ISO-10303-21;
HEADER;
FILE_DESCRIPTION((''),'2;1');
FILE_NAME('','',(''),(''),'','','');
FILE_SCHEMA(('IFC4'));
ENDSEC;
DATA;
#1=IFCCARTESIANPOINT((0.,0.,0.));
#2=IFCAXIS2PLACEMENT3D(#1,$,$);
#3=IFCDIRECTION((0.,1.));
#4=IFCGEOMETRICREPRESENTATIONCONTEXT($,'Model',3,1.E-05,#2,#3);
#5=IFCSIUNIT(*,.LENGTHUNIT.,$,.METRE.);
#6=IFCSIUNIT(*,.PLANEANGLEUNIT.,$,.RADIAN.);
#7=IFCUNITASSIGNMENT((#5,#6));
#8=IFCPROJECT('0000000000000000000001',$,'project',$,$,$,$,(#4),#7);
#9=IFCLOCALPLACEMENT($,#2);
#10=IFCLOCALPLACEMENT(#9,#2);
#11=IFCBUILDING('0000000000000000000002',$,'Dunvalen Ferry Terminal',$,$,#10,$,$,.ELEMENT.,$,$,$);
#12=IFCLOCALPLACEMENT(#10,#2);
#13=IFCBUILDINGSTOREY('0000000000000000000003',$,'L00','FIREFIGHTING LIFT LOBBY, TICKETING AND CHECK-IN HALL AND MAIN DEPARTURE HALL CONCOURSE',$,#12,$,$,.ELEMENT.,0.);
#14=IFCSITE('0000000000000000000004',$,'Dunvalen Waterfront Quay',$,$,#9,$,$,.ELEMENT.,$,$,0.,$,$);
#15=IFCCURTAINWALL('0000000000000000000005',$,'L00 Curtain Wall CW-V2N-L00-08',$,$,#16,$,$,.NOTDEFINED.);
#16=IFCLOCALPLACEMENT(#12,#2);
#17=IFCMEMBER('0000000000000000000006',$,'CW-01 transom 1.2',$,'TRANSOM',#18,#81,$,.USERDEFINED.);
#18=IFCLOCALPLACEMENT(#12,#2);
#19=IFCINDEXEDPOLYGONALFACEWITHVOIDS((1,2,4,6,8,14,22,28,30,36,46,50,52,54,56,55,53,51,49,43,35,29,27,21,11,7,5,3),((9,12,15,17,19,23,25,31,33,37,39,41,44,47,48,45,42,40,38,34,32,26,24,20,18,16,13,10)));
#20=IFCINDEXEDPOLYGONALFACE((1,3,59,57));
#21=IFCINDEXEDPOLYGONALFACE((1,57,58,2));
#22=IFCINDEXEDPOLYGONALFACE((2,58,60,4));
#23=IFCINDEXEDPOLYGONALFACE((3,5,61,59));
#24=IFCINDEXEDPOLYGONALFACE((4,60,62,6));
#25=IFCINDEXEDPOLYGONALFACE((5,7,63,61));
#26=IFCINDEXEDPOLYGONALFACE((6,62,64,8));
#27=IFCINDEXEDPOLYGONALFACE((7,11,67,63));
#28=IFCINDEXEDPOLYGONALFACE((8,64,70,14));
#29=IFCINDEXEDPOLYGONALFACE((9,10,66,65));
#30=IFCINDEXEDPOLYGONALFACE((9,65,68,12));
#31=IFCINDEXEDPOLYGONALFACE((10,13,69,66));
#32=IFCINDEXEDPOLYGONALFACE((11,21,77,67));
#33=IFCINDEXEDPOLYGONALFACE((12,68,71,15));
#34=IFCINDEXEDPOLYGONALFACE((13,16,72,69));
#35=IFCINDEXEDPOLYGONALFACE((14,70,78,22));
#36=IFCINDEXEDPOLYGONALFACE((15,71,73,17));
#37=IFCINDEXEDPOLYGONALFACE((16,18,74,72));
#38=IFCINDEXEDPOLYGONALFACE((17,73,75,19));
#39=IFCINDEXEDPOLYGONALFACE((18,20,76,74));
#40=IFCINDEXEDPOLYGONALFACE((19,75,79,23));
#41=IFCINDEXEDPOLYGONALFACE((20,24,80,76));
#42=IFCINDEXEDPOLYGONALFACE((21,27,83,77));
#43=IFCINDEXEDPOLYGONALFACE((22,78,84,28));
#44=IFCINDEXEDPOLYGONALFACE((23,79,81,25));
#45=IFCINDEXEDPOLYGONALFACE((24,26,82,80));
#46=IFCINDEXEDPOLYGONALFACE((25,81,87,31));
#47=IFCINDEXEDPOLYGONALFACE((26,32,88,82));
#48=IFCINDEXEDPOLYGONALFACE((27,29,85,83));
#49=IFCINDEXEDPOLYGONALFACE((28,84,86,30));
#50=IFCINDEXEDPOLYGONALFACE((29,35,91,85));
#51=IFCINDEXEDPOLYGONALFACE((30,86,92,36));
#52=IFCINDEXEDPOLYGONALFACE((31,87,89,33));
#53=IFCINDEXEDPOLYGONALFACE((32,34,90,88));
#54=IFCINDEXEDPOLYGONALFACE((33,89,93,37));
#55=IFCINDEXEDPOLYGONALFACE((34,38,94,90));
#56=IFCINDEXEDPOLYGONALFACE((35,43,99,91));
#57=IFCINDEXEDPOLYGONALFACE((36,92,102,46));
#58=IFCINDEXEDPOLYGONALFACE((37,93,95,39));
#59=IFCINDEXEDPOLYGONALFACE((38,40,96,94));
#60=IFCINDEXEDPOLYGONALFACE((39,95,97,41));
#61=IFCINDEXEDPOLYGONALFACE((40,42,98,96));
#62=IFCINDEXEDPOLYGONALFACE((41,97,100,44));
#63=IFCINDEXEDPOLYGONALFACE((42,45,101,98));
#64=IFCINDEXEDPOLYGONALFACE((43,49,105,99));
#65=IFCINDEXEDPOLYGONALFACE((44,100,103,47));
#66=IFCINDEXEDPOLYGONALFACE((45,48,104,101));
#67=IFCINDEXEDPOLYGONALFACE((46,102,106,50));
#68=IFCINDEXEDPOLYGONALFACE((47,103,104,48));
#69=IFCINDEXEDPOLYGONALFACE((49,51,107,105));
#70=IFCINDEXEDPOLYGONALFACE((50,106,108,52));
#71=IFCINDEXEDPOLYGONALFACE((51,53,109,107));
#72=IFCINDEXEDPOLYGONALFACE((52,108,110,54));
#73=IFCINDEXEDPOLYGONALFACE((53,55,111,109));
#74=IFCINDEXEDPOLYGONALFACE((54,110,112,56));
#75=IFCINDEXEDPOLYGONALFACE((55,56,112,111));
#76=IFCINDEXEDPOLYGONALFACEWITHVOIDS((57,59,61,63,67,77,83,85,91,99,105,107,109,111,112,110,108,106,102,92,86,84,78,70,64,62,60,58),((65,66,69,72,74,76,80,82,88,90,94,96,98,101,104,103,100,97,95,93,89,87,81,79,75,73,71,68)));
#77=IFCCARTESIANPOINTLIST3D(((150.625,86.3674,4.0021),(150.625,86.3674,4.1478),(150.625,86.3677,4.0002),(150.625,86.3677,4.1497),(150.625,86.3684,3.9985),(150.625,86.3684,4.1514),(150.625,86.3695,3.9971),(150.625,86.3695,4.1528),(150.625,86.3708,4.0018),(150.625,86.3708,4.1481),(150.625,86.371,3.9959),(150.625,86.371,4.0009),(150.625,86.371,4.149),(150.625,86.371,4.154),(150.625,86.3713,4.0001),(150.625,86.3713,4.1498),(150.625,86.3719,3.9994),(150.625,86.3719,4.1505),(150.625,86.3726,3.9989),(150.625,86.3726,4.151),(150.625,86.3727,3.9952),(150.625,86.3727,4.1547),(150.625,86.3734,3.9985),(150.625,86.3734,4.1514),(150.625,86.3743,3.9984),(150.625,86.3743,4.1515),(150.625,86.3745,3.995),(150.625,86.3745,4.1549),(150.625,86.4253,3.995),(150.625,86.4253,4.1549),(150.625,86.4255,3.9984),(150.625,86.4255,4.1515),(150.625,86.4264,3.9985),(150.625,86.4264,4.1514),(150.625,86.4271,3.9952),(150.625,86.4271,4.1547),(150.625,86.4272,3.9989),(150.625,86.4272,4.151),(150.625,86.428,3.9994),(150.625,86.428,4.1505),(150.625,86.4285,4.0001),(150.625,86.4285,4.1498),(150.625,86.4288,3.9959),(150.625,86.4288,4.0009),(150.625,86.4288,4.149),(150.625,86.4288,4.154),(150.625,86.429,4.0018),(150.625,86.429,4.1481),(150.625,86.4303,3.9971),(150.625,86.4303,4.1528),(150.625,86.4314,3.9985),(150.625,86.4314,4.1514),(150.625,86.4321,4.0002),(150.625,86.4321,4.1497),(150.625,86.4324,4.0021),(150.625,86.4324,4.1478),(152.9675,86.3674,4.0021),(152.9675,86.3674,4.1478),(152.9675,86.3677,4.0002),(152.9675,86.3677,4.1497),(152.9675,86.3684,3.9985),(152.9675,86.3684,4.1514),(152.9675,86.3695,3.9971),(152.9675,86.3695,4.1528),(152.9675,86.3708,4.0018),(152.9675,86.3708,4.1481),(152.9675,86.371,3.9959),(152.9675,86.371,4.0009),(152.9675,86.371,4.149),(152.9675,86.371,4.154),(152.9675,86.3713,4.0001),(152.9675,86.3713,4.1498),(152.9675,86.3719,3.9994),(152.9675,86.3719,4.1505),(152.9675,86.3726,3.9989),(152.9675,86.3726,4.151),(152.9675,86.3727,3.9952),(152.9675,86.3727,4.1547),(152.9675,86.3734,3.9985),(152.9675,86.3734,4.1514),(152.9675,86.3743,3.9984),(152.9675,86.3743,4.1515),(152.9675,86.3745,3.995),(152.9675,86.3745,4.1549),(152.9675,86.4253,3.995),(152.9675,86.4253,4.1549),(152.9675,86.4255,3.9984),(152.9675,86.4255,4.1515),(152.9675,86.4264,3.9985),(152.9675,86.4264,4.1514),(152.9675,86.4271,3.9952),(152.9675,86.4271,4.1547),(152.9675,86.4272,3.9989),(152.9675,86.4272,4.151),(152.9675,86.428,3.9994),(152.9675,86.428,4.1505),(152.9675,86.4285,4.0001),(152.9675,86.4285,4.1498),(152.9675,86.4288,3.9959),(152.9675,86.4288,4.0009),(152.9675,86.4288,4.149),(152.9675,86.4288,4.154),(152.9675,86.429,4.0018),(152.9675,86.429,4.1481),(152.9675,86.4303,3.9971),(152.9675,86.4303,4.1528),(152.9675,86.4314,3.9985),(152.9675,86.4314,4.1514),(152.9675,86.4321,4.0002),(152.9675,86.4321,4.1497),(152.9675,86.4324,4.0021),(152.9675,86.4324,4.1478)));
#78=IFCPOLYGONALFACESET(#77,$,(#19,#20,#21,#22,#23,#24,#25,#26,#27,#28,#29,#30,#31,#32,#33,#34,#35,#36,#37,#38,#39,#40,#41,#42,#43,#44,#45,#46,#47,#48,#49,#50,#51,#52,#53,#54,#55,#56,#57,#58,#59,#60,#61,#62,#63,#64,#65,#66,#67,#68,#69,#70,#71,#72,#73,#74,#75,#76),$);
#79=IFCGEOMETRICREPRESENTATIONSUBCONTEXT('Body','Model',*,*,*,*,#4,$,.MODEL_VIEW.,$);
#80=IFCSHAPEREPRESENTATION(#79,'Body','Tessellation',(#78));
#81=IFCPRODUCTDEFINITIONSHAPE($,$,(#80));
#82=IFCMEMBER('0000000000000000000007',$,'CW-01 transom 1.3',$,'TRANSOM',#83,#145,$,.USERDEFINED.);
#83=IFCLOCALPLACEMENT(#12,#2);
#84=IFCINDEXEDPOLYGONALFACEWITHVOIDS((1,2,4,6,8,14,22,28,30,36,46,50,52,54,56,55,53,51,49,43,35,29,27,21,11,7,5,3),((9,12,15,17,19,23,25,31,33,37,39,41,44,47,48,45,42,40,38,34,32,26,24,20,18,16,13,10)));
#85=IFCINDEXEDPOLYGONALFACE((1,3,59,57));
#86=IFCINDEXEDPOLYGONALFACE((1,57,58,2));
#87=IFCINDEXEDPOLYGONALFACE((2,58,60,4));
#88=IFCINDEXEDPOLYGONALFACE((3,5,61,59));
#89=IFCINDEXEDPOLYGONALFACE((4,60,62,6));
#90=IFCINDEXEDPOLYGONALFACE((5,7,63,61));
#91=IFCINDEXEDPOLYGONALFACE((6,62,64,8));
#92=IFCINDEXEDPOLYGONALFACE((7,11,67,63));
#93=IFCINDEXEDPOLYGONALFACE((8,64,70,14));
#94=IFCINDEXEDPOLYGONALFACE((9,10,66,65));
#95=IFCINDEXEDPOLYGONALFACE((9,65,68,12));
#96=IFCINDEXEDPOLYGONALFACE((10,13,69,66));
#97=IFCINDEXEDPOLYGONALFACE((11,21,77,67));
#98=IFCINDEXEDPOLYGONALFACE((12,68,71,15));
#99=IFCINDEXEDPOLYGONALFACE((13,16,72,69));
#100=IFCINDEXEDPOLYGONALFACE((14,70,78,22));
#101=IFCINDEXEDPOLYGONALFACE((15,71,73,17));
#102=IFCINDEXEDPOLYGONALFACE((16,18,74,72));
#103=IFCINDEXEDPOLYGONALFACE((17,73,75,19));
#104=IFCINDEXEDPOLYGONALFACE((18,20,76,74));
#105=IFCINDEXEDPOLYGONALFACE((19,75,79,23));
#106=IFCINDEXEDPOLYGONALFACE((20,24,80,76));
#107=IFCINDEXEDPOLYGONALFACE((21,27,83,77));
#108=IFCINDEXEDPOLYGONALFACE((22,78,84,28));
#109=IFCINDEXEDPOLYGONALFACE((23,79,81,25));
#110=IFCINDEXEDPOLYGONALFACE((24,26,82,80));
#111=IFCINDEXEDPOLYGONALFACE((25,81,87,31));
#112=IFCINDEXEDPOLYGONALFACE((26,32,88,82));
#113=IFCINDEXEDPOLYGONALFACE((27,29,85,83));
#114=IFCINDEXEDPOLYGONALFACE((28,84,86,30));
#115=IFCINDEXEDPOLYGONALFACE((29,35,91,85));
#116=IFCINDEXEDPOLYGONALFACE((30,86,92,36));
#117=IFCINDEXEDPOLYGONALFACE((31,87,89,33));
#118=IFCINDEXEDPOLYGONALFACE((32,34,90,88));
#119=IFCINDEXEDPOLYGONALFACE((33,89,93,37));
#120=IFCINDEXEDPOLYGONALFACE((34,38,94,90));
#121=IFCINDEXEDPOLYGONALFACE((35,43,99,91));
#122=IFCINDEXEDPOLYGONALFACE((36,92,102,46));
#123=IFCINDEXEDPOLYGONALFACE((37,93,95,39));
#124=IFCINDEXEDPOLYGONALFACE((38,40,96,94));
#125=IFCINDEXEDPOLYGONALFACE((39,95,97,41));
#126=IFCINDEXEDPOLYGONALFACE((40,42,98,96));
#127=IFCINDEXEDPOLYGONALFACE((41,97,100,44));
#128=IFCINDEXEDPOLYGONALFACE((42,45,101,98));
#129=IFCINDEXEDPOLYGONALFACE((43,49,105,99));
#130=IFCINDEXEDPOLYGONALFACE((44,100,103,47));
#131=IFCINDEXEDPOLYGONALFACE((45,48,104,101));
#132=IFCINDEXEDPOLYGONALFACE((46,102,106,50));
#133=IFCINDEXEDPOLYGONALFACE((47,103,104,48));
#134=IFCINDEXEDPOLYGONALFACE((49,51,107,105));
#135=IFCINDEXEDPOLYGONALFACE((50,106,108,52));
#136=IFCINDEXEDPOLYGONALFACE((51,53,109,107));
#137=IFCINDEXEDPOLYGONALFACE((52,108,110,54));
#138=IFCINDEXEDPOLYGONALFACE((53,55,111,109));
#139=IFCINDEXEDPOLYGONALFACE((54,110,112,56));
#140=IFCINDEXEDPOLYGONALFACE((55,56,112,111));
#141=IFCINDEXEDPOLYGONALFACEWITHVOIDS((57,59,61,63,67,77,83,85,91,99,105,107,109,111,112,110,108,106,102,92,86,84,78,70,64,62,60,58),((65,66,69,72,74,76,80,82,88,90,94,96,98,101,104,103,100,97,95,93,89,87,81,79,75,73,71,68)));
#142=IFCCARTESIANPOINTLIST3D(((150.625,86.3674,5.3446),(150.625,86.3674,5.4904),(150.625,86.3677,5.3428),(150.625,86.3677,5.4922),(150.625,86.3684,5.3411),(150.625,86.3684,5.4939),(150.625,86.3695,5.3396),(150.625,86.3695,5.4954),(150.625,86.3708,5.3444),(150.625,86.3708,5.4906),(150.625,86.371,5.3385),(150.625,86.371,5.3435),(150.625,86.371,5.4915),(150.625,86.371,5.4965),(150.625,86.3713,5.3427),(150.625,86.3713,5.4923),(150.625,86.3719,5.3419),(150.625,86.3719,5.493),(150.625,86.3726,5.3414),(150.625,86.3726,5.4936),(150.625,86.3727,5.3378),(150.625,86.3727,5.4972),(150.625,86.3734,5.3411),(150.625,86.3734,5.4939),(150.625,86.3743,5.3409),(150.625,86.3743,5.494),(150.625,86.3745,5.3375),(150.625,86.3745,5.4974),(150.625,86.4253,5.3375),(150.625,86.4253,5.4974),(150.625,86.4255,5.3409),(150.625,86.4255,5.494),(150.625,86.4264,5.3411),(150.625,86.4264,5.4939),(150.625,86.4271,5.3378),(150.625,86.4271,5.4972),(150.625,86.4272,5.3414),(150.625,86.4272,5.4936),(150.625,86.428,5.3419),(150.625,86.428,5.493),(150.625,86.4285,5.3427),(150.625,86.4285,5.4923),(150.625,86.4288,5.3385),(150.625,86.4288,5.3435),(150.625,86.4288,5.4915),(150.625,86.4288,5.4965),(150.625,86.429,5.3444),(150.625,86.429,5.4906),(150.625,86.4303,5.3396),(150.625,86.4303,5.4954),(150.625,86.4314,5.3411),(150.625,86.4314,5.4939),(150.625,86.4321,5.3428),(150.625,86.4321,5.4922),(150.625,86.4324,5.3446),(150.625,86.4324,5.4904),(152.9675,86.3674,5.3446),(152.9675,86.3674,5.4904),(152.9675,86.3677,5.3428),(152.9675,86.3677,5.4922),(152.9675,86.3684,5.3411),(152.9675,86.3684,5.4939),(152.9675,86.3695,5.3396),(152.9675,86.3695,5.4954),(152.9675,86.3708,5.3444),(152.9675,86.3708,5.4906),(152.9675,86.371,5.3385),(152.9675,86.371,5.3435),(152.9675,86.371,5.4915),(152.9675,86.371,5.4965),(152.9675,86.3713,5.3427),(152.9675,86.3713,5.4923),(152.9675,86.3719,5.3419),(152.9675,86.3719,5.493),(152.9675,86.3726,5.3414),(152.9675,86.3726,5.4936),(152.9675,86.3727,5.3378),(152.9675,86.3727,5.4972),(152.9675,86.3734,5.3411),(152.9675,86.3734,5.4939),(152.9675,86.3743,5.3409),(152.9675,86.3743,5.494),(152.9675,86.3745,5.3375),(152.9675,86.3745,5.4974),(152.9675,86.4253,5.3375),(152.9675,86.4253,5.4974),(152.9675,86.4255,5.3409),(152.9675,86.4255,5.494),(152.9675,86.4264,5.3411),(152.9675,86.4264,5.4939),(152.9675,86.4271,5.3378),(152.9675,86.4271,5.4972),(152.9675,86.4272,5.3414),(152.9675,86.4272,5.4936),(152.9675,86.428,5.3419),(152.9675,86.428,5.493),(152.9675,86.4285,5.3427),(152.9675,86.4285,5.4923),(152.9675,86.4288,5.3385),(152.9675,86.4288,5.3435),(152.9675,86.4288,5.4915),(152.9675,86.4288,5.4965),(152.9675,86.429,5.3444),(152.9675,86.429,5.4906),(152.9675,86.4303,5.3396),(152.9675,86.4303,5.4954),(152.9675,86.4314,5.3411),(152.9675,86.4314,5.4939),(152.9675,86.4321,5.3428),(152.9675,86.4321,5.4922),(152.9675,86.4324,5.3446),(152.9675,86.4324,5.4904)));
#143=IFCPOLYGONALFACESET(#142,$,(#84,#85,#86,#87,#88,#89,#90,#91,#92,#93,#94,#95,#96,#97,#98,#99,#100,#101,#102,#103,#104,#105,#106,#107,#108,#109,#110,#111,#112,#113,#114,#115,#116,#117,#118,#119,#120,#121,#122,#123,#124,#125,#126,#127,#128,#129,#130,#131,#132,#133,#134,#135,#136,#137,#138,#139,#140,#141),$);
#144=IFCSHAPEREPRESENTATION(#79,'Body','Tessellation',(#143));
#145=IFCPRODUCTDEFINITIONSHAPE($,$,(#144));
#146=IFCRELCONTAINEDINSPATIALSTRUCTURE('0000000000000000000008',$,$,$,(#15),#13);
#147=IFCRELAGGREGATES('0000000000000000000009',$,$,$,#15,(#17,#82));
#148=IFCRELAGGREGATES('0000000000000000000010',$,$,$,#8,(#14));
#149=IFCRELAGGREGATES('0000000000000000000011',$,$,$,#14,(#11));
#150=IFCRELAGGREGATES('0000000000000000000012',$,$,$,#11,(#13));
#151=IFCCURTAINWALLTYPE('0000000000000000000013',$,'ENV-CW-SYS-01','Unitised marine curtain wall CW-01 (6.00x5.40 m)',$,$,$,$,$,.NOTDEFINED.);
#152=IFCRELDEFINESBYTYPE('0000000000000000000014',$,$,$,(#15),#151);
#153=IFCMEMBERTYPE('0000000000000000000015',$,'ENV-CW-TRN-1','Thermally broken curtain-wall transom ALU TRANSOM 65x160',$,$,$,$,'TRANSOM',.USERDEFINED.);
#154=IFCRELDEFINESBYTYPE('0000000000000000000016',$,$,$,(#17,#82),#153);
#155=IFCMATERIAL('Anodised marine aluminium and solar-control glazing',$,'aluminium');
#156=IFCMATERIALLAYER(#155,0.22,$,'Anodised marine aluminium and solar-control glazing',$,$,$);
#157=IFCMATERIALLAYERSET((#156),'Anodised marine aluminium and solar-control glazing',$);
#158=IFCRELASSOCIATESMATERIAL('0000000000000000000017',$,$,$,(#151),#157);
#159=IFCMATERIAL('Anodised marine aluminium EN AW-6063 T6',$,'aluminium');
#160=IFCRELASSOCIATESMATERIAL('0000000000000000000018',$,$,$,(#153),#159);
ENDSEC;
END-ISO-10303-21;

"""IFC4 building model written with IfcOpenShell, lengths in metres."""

from ifc_helpers import new_model, si_unit, direction, frame, origin, origin_2d, place, context, subcontext, project, spatial, hollow_rectangle, extrude, material, layer, layer_set, material_profile, profile_set, type_object, element, aggregate, save


model = new_model("IFC4")

# Units and contexts
model_context = context("Model", 3, precision=1e-05, world=origin(), true_north=direction((0.0, 1.0)))
body_context = subcontext(model_context, "Body", "Model", "MODEL_VIEW")
ifc_project = project(units=[si_unit("LENGTHUNIT", "METRE"), si_unit("PLANEANGLEUNIT", "RADIAN")], contexts=[model_context])

# Site, building, storey
site_placement = place(None, origin())
site = spatial("IfcSite", under=ifc_project, at=site_placement, Name="Dunvalen Waterfront Quay", CompositionType="ELEMENT", RefElevation=0.0)
building_placement = place(site_placement, origin())
building = spatial("IfcBuilding", under=site, at=building_placement, Name="Dunvalen Ferry Terminal", CompositionType="ELEMENT")
storey_placement = place(building_placement, origin())
storey = spatial("IfcBuildingStorey", under=building, at=storey_placement, Name="L00", Description="FIREFIGHTING LIFT LOBBY, TICKETING AND CHECK-IN HALL AND MAIN DEPARTURE HALL CONCOURSE", CompositionType="ELEMENT", Elevation=0.0)

# Curtain wall
ifc_material_1 = material(Name="Anodised marine aluminium and solar-control glazing", Category="aluminium")
ifc_layer_1 = layer(ifc_material_1, 0.22, Name="Anodised marine aluminium and solar-control glazing")
ifc_layer_set_1 = layer_set([ifc_layer_1], Name="Anodised marine aluminium and solar-control glazing")
curtain_wall_type_1 = type_object("IfcCurtainWallType", Name="ENV-CW-SYS-01", Description="Unitised marine curtain wall CW-01 (6.00x5.40 m)", PredefinedType="NOTDEFINED", material=ifc_layer_set_1)
curtain_wall_1_placement = place(storey_placement, origin())
curtain_wall_1 = element("IfcCurtainWall", 1, at=curtain_wall_1_placement, inside=storey, type_object=curtain_wall_type_1, Name="L00 Curtain Wall CW-V2N-L00-08", PredefinedType="NOTDEFINED")
ifc_material_2 = material(Name="Anodised marine aluminium EN AW-6063 T6", Category="aluminium")

# Members
ifc_material_profile_1 = material_profile(ifc_material_2, hollow_rectangle(XDim=0.0649, YDim=0.1599, WallThickness=0.0034, InnerFilletRadius=0.0034, OuterFilletRadius=0.0071, at=origin_2d()), Name="Anodised marine aluminium EN AW-6063 T6")
ifc_profile_set_1 = profile_set([ifc_material_profile_1], Name="Anodised marine aluminium EN AW-6063 T6")
member_type_1 = type_object("IfcMemberType", Name="ENV-CW-TRN-1", Description="Thermally broken curtain-wall transom ALU TRANSOM 65x160", ElementType="TRANSOM", PredefinedType="USERDEFINED", material=ifc_profile_set_1)
member_1_placement = place(storey_placement, frame((150.625, 86.3999, 4.075), z_axis=(1.0, 0.0, 0.0), x_axis=(0.0, 1.0, 0.0)))
member_1 = element("IfcMember", 2, at=member_1_placement, type_object=member_type_1, Name="CW-01 transom 1.2", ObjectType="TRANSOM", PredefinedType="USERDEFINED", context=body_context, shape_type="SweptSolid", body=[
    extrude(hollow_rectangle(XDim=0.0649, YDim=0.1599, WallThickness=0.0034, InnerFilletRadius=0.0034, OuterFilletRadius=0.0071, at=origin_2d()), origin(), (0.0, 0.0, 1.0), 2.3425),
])
member_2_placement = place(storey_placement, frame((150.625, 86.3999, 5.4175), z_axis=(1.0, 0.0, 0.0), x_axis=(0.0, 1.0, 0.0)))
member_2 = element("IfcMember", 3, at=member_2_placement, type_object=member_type_1, Name="CW-01 transom 1.3", ObjectType="TRANSOM", PredefinedType="USERDEFINED", context=body_context, shape_type="SweptSolid", body=[
    extrude(hollow_rectangle(XDim=0.0649, YDim=0.1599, WallThickness=0.0034, InnerFilletRadius=0.0034, OuterFilletRadius=0.0071, at=origin_2d()), origin(), (0.0, 0.0, 1.0), 2.3425),
])

aggregate(curtain_wall_1, [member_1, member_2])

save(model, "model.ifc")
